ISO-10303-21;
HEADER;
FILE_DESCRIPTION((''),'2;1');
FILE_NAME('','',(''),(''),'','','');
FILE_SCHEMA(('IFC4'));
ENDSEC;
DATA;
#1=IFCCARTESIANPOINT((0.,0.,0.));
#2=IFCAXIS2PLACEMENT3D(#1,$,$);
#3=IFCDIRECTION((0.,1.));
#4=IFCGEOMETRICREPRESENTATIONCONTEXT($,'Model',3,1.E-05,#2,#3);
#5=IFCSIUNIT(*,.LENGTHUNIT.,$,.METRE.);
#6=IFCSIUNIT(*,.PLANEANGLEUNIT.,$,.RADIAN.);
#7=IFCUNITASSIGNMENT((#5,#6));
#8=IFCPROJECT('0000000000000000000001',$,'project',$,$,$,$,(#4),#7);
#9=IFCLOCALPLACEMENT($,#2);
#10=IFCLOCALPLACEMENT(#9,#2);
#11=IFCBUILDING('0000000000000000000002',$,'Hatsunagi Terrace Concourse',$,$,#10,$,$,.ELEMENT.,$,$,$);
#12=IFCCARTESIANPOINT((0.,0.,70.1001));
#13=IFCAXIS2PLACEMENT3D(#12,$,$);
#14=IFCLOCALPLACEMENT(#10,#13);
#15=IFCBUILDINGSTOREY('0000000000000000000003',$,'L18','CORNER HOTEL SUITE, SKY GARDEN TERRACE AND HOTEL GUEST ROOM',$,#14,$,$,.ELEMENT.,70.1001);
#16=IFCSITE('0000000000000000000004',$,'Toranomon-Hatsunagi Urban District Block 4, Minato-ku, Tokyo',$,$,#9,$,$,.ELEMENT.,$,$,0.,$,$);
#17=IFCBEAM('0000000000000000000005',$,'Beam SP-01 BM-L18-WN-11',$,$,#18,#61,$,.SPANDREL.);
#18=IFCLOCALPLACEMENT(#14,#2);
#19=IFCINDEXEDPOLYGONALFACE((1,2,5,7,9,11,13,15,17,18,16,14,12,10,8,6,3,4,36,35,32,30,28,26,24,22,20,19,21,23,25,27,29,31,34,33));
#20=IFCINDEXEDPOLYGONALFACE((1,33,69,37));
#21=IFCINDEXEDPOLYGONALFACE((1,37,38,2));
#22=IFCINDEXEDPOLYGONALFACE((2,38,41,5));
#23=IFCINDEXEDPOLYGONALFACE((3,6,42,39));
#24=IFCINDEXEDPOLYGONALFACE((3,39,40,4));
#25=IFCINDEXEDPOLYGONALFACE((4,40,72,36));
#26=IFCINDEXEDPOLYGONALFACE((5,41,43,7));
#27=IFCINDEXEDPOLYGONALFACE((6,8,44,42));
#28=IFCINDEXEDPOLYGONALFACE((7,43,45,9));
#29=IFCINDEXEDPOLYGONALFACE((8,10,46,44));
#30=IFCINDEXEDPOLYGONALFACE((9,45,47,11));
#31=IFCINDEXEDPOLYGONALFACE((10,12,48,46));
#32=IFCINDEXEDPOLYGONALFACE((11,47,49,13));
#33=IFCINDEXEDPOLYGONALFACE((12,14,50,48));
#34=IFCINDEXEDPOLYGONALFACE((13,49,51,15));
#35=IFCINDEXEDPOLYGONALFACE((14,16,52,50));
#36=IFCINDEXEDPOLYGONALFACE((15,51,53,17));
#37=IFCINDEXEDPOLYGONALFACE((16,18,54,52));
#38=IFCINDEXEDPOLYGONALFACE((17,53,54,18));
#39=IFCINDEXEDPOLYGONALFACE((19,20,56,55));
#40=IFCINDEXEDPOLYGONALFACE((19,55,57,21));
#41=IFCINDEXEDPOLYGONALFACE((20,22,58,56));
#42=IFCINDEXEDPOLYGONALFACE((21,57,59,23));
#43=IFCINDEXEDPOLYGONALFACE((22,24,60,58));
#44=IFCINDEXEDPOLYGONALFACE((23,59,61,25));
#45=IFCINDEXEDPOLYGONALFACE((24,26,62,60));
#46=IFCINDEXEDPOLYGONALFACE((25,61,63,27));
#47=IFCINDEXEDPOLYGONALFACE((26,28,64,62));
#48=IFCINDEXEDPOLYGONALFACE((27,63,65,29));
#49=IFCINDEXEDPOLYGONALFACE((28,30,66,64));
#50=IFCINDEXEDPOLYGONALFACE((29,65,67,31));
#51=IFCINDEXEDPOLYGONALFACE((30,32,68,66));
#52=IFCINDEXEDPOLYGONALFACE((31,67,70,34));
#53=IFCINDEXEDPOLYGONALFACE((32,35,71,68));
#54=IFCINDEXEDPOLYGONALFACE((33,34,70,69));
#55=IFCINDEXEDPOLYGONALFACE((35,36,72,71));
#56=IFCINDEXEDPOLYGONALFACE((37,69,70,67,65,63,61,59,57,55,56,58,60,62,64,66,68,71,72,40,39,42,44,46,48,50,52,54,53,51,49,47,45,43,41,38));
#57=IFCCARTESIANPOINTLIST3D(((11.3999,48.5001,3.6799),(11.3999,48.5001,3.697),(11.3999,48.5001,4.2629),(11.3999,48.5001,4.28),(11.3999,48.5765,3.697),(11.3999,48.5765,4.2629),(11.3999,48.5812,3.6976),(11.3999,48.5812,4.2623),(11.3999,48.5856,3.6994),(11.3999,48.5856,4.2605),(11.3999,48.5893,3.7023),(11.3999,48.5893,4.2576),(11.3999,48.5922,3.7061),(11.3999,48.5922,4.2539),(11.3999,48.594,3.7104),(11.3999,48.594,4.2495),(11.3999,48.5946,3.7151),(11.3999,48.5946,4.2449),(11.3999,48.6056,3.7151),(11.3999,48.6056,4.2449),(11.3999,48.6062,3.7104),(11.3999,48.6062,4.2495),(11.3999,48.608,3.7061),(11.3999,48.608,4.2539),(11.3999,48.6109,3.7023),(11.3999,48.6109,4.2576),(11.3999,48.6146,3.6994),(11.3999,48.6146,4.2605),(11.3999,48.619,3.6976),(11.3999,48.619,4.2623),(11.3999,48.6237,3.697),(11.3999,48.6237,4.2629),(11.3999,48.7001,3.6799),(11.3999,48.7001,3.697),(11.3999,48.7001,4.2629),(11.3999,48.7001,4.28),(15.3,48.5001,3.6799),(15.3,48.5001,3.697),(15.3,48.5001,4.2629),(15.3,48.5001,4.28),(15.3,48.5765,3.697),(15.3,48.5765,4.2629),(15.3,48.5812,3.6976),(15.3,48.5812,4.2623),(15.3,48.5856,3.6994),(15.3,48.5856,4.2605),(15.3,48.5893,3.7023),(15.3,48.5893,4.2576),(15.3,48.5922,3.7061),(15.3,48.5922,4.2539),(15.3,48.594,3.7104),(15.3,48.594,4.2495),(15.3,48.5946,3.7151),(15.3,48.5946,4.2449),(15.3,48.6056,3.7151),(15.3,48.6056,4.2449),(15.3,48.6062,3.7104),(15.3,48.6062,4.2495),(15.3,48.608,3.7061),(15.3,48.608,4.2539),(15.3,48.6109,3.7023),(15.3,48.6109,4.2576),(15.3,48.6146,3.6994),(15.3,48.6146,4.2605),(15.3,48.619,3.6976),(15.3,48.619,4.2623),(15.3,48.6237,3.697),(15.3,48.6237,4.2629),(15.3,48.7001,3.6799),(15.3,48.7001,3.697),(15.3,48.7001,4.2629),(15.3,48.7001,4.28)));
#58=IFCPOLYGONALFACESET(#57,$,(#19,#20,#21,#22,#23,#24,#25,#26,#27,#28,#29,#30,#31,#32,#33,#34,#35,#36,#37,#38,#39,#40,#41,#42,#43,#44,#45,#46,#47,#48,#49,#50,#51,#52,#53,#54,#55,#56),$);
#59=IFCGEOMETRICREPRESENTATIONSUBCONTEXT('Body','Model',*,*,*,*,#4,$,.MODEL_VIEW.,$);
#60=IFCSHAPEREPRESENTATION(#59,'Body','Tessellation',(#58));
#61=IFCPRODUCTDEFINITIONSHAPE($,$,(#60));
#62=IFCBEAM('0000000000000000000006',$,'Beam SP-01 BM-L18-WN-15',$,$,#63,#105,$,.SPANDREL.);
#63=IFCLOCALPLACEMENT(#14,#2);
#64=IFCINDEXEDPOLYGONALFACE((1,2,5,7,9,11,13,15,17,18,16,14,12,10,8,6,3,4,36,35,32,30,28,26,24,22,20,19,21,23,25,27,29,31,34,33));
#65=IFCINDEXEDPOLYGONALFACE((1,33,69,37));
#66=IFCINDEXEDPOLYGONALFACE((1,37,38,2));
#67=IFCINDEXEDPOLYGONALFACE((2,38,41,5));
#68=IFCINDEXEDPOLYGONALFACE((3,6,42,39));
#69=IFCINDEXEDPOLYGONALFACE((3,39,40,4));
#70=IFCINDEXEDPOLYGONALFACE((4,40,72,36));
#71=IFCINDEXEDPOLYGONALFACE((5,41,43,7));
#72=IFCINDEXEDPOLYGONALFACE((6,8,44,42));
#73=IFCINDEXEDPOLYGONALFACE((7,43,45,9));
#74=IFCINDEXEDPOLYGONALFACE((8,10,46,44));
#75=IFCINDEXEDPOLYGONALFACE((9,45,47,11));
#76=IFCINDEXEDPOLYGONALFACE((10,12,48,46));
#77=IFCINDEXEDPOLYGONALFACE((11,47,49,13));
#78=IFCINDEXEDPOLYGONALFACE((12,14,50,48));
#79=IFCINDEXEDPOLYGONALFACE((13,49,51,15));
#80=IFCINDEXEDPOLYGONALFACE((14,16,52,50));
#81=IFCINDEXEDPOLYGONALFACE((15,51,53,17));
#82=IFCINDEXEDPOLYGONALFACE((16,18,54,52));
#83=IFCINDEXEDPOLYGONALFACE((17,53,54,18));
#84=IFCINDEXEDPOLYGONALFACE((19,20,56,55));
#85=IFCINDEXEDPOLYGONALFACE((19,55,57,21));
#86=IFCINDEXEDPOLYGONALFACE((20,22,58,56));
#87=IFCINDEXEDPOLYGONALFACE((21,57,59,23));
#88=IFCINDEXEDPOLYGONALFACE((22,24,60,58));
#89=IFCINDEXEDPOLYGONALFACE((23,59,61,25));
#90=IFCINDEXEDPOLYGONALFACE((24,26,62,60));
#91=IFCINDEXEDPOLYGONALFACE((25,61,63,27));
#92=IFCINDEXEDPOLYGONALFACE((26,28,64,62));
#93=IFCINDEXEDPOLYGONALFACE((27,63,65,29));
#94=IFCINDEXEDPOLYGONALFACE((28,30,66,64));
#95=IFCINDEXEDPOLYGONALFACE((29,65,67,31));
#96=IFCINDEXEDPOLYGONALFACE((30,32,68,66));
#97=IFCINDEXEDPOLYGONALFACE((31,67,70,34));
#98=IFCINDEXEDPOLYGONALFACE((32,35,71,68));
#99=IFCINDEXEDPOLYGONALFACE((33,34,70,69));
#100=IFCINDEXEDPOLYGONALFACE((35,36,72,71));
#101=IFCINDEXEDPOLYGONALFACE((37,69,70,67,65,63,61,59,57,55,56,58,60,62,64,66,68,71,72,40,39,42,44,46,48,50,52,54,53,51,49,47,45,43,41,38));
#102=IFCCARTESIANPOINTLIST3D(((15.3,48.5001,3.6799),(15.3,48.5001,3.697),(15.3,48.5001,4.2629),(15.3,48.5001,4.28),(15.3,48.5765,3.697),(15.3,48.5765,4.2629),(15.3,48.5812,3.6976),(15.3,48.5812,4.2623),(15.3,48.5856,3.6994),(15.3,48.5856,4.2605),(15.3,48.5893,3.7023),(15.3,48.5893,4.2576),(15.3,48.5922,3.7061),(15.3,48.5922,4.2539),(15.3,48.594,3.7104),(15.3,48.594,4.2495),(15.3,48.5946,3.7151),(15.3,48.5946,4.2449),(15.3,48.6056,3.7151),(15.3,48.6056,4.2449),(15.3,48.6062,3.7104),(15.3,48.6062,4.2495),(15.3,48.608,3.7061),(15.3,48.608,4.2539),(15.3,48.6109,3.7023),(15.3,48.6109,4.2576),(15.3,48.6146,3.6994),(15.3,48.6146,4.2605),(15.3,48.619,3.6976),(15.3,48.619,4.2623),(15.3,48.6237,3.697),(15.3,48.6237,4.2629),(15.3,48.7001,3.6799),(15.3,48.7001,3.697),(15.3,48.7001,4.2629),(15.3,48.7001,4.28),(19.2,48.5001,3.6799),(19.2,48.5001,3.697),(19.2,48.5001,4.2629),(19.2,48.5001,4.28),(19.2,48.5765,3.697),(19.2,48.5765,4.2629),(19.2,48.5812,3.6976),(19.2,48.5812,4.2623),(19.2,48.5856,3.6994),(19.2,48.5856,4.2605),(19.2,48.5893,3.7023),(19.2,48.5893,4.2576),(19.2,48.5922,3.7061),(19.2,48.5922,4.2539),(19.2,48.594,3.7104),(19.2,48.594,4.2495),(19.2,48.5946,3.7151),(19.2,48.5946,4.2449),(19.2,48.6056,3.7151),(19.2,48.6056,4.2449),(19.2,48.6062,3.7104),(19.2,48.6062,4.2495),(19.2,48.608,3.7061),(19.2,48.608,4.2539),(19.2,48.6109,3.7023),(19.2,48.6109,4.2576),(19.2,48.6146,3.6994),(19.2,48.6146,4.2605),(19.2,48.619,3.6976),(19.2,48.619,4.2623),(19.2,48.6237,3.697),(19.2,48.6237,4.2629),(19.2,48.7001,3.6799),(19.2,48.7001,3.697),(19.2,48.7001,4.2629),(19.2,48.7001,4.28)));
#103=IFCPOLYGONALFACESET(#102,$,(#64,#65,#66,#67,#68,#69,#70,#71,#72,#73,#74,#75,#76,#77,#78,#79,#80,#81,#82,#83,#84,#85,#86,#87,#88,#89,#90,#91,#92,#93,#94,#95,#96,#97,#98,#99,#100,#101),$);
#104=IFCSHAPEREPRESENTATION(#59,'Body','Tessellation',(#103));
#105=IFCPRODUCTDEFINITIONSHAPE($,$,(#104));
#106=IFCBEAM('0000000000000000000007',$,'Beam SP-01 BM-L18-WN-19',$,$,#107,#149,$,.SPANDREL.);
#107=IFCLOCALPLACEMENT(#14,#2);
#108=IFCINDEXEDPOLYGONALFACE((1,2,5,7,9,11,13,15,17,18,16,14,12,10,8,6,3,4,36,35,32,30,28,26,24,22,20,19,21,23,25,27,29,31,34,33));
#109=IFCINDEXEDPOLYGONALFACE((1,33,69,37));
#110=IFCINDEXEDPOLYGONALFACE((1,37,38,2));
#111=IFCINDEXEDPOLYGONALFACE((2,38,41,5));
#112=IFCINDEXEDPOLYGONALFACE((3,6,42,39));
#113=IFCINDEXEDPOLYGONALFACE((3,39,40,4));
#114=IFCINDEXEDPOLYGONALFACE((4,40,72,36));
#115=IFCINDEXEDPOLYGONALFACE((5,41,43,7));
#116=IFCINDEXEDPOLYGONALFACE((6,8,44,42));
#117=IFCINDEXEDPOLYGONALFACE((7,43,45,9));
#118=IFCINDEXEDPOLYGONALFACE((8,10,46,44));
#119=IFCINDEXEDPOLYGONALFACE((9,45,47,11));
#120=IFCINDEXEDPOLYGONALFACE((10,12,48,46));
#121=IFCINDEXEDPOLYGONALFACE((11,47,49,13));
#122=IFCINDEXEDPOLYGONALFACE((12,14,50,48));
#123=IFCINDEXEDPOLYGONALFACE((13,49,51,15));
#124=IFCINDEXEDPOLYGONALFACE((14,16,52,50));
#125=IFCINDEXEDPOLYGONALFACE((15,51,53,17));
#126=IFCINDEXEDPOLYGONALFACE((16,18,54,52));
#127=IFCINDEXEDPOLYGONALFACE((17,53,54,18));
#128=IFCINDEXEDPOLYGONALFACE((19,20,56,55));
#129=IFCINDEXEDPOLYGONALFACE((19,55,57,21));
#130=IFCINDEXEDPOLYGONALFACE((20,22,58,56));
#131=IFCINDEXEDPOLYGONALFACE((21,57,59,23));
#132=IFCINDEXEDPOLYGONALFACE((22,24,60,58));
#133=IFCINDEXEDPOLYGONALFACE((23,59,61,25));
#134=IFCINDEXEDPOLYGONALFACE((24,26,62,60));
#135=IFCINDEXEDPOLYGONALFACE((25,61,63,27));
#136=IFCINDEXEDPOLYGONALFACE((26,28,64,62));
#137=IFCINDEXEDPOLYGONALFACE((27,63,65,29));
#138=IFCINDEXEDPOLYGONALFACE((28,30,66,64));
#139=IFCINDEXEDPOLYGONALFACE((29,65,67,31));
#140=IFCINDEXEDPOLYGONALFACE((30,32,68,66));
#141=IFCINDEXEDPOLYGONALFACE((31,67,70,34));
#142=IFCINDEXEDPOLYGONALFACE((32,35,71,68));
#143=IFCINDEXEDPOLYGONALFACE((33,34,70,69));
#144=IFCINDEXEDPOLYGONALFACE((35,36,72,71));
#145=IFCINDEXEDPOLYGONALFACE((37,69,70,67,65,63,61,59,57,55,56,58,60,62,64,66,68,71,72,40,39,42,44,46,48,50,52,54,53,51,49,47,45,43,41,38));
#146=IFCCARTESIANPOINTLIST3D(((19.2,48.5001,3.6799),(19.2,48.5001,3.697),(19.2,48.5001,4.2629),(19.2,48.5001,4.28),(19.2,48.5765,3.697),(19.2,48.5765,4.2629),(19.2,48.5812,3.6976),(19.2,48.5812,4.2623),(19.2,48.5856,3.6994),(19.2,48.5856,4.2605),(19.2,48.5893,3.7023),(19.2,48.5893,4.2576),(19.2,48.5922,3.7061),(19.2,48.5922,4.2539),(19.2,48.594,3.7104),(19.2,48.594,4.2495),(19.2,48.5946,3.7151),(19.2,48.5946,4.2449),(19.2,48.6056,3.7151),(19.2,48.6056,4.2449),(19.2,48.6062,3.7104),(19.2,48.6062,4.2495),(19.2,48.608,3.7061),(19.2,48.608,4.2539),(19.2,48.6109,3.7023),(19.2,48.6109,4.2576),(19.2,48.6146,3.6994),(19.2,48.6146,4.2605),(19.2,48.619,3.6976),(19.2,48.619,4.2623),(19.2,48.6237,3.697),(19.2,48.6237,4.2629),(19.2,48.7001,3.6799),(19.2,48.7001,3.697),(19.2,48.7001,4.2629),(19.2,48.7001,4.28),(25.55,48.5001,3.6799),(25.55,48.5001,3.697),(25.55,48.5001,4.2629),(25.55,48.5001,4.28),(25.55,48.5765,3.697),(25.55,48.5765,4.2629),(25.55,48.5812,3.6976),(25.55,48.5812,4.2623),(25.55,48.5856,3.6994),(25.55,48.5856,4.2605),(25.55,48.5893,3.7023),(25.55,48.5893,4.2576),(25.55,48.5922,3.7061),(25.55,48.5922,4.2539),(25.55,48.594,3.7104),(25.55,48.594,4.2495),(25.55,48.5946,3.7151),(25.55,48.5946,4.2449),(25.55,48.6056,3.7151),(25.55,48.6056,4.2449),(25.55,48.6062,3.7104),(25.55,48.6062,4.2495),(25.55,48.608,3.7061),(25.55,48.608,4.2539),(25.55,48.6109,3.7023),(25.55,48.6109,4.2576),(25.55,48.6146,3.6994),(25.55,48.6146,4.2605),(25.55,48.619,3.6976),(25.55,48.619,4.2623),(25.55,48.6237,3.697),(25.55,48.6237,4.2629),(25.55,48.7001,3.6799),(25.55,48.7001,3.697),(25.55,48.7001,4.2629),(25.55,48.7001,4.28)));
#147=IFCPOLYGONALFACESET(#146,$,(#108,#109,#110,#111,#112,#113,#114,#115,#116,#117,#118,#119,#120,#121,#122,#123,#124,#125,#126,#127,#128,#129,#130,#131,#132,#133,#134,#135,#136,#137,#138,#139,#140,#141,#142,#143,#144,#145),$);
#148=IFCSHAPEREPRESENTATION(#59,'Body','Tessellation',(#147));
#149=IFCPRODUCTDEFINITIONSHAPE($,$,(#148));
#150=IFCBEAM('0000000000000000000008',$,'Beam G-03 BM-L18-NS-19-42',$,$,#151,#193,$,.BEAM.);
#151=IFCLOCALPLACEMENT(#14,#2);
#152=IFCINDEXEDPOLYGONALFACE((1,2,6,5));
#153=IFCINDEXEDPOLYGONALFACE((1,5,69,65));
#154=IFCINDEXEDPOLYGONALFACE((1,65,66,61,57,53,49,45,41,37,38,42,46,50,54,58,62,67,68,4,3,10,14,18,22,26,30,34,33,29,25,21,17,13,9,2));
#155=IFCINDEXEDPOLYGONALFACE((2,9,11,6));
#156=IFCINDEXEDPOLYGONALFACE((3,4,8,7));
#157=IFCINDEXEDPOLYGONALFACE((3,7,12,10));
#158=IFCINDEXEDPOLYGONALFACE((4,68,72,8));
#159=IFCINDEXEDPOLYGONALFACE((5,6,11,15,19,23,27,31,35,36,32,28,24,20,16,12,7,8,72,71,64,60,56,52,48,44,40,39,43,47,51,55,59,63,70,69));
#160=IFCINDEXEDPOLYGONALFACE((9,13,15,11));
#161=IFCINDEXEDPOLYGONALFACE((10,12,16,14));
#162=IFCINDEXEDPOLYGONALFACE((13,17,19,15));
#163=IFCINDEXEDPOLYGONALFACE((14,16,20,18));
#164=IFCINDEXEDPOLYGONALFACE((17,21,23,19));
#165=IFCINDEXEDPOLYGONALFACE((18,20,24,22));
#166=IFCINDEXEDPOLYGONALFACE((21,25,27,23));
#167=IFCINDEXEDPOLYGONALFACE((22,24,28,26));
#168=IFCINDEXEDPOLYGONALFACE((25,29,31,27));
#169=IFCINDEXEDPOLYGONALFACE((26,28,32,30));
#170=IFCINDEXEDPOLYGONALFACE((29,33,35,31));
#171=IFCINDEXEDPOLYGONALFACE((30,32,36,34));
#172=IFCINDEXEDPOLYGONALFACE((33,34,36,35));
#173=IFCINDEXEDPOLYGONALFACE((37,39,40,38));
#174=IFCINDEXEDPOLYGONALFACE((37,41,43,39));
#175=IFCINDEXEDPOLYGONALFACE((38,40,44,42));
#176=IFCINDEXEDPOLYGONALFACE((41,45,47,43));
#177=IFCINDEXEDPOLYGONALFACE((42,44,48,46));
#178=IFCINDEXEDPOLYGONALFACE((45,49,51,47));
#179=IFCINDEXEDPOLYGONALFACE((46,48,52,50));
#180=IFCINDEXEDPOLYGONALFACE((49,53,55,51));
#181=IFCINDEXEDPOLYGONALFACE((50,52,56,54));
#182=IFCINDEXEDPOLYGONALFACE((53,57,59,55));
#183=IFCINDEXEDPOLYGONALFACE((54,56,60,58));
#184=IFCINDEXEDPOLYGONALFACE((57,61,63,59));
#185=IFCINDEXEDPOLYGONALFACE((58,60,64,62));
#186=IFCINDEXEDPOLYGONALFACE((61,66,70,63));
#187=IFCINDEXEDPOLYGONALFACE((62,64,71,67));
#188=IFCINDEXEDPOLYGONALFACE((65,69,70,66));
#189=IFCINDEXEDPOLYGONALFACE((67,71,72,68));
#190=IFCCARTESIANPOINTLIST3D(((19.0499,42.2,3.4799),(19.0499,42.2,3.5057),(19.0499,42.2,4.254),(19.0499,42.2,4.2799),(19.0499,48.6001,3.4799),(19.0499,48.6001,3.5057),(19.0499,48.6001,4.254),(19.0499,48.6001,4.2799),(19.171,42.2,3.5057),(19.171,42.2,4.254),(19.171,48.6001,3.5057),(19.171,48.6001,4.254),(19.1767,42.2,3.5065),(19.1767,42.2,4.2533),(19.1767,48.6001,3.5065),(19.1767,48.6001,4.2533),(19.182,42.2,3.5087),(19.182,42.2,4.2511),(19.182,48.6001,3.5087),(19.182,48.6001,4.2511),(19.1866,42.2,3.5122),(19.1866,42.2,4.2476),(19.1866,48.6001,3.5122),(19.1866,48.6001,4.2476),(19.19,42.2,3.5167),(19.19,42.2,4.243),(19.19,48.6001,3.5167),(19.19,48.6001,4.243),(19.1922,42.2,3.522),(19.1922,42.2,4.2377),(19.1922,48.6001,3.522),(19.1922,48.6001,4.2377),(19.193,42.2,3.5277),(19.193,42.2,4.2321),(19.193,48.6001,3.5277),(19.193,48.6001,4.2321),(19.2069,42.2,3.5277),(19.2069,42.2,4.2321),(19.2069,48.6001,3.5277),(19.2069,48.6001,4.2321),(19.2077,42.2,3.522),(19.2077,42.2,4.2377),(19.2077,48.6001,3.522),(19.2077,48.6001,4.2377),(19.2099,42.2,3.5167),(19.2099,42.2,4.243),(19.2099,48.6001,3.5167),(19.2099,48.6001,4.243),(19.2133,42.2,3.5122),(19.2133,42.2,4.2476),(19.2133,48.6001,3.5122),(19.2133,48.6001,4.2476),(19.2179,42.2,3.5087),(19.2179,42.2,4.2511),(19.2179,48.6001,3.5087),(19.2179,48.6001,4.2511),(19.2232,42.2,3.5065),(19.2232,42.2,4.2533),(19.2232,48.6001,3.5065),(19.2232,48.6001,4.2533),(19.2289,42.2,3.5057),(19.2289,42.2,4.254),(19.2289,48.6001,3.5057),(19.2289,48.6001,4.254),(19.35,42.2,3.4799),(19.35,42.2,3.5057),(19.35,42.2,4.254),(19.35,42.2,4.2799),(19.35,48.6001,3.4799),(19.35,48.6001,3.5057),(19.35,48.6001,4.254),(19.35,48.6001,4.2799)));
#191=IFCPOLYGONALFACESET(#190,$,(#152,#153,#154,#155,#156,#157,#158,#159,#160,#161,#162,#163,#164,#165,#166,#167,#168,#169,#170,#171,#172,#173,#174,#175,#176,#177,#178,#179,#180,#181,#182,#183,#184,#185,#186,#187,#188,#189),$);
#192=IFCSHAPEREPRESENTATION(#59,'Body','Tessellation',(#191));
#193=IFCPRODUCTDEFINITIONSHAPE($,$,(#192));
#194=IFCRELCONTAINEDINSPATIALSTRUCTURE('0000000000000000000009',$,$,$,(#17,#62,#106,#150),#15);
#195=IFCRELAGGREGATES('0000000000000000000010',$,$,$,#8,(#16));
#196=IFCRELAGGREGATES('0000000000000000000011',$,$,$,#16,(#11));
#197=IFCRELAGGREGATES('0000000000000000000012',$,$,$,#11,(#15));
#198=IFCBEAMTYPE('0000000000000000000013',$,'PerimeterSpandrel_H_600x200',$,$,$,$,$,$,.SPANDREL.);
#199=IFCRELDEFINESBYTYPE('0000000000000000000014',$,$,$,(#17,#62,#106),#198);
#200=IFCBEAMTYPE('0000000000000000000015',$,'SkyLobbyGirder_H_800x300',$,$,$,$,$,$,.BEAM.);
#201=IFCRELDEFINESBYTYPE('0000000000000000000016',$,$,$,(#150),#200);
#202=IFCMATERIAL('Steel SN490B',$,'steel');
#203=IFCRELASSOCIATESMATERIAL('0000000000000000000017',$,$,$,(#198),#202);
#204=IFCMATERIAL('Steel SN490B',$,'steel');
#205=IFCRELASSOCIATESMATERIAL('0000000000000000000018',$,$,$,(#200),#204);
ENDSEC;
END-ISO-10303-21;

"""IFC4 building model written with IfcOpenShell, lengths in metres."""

from ifc_helpers import new_model, si_unit, direction, frame, origin, origin_2d, place, context, subcontext, project, spatial, i_section, extrude, material, material_profile, profile_set, type_object, element, save


model = new_model("IFC4")

# Units and contexts
model_context = context("Model", 3, precision=1e-05, world=origin(), true_north=direction((0.0, 1.0)))
body_context = subcontext(model_context, "Body", "Model", "MODEL_VIEW")
ifc_project = project(units=[si_unit("LENGTHUNIT", "METRE"), si_unit("PLANEANGLEUNIT", "RADIAN")], contexts=[model_context])

# Site, building, storey
site_placement = place(None, origin())
site = spatial("IfcSite", under=ifc_project, at=site_placement, Name="Toranomon-Hatsunagi Urban District Block 4, Minato-ku, Tokyo", CompositionType="ELEMENT", RefElevation=0.0)
building_placement = place(site_placement, origin())
building = spatial("IfcBuilding", under=site, at=building_placement, Name="Hatsunagi Terrace Concourse", CompositionType="ELEMENT")
storey_placement = place(building_placement, frame((0.0, 0.0, 70.1001)))
storey = spatial("IfcBuildingStorey", under=building, at=storey_placement, Name="L18", Description="CORNER HOTEL SUITE, SKY GARDEN TERRACE AND HOTEL GUEST ROOM", CompositionType="ELEMENT", Elevation=70.1001)

# Beams
ifc_material_1 = material(Name="Steel SN490B", Category="steel")
ifc_material_profile_1 = material_profile(ifc_material_1, i_section(OverallWidth=0.2, OverallDepth=0.6001, WebThickness=0.011, FlangeThickness=0.0171, FilletRadius=0.0181, at=origin_2d()), Name="H-600x200x11x17")
ifc_profile_set_1 = profile_set([ifc_material_profile_1], Name="Steel SN490B")
beam_type_1 = type_object("IfcBeamType", Name="PerimeterSpandrel_H_600x200", PredefinedType="SPANDREL", material=ifc_profile_set_1)
beam_1_placement = place(storey_placement, frame((11.3999, 48.6001, 3.98), z_axis=(1.0, 0.0, 0.0), x_axis=(0.0, 1.0, 0.0)))
element("IfcBeam", 1, at=beam_1_placement, inside=storey, type_object=beam_type_1, Name="Beam SP-01 BM-L18-WN-11", PredefinedType="SPANDREL", context=body_context, shape_type="SweptSolid", body=[
    extrude(i_section(OverallWidth=0.2, OverallDepth=0.6001, WebThickness=0.011, FlangeThickness=0.0171, FilletRadius=0.0181, at=origin_2d()), origin(), (0.0, 0.0, 1.0), 3.9001),
])
beam_2_placement = place(storey_placement, frame((15.3, 48.6001, 3.98), z_axis=(1.0, 0.0, 0.0), x_axis=(0.0, 1.0, 0.0)))
element("IfcBeam", 2, at=beam_2_placement, inside=storey, type_object=beam_type_1, Name="Beam SP-01 BM-L18-WN-15", PredefinedType="SPANDREL", context=body_context, shape_type="SweptSolid", body=[
    extrude(i_section(OverallWidth=0.2, OverallDepth=0.6001, WebThickness=0.011, FlangeThickness=0.0171, FilletRadius=0.0181, at=origin_2d()), origin(), (0.0, 0.0, 1.0), 3.8999),
])
beam_3_placement = place(storey_placement, frame((19.2, 48.6001, 3.98), z_axis=(1.0, 0.0, 0.0), x_axis=(0.0, 1.0, 0.0)))
element("IfcBeam", 3, at=beam_3_placement, inside=storey, type_object=beam_type_1, Name="Beam SP-01 BM-L18-WN-19", PredefinedType="SPANDREL", context=body_context, shape_type="SweptSolid", body=[
    extrude(i_section(OverallWidth=0.2, OverallDepth=0.6001, WebThickness=0.011, FlangeThickness=0.0171, FilletRadius=0.0181, at=origin_2d()), origin(), (0.0, 0.0, 1.0), 6.3501),
])
ifc_material_2 = material(Name="Steel SN490B", Category="steel")
ifc_material_profile_2 = material_profile(ifc_material_2, i_section(OverallWidth=0.3, OverallDepth=0.8, WebThickness=0.0139, FlangeThickness=0.0259, FilletRadius=0.022, at=origin_2d()), Name="H-800x300x14x26")
ifc_profile_set_2 = profile_set([ifc_material_profile_2], Name="Steel SN490B")
beam_type_2 = type_object("IfcBeamType", Name="SkyLobbyGirder_H_800x300", PredefinedType="BEAM", material=ifc_profile_set_2)
beam_4_placement = place(storey_placement, frame((19.2, 42.2, 3.8799), z_axis=(0.0, 1.0, 0.0), x_axis=(-1.0, 0.0, 0.0)))
element("IfcBeam", 4, at=beam_4_placement, inside=storey, type_object=beam_type_2, Name="Beam G-03 BM-L18-NS-19-42", PredefinedType="BEAM", context=body_context, shape_type="SweptSolid", body=[
    extrude(i_section(OverallWidth=0.3, OverallDepth=0.8, WebThickness=0.0139, FlangeThickness=0.0259, FilletRadius=0.022, at=origin_2d()), origin(), (0.0, 0.0, 1.0), 6.4001),
])

save(model, "model.ifc")
